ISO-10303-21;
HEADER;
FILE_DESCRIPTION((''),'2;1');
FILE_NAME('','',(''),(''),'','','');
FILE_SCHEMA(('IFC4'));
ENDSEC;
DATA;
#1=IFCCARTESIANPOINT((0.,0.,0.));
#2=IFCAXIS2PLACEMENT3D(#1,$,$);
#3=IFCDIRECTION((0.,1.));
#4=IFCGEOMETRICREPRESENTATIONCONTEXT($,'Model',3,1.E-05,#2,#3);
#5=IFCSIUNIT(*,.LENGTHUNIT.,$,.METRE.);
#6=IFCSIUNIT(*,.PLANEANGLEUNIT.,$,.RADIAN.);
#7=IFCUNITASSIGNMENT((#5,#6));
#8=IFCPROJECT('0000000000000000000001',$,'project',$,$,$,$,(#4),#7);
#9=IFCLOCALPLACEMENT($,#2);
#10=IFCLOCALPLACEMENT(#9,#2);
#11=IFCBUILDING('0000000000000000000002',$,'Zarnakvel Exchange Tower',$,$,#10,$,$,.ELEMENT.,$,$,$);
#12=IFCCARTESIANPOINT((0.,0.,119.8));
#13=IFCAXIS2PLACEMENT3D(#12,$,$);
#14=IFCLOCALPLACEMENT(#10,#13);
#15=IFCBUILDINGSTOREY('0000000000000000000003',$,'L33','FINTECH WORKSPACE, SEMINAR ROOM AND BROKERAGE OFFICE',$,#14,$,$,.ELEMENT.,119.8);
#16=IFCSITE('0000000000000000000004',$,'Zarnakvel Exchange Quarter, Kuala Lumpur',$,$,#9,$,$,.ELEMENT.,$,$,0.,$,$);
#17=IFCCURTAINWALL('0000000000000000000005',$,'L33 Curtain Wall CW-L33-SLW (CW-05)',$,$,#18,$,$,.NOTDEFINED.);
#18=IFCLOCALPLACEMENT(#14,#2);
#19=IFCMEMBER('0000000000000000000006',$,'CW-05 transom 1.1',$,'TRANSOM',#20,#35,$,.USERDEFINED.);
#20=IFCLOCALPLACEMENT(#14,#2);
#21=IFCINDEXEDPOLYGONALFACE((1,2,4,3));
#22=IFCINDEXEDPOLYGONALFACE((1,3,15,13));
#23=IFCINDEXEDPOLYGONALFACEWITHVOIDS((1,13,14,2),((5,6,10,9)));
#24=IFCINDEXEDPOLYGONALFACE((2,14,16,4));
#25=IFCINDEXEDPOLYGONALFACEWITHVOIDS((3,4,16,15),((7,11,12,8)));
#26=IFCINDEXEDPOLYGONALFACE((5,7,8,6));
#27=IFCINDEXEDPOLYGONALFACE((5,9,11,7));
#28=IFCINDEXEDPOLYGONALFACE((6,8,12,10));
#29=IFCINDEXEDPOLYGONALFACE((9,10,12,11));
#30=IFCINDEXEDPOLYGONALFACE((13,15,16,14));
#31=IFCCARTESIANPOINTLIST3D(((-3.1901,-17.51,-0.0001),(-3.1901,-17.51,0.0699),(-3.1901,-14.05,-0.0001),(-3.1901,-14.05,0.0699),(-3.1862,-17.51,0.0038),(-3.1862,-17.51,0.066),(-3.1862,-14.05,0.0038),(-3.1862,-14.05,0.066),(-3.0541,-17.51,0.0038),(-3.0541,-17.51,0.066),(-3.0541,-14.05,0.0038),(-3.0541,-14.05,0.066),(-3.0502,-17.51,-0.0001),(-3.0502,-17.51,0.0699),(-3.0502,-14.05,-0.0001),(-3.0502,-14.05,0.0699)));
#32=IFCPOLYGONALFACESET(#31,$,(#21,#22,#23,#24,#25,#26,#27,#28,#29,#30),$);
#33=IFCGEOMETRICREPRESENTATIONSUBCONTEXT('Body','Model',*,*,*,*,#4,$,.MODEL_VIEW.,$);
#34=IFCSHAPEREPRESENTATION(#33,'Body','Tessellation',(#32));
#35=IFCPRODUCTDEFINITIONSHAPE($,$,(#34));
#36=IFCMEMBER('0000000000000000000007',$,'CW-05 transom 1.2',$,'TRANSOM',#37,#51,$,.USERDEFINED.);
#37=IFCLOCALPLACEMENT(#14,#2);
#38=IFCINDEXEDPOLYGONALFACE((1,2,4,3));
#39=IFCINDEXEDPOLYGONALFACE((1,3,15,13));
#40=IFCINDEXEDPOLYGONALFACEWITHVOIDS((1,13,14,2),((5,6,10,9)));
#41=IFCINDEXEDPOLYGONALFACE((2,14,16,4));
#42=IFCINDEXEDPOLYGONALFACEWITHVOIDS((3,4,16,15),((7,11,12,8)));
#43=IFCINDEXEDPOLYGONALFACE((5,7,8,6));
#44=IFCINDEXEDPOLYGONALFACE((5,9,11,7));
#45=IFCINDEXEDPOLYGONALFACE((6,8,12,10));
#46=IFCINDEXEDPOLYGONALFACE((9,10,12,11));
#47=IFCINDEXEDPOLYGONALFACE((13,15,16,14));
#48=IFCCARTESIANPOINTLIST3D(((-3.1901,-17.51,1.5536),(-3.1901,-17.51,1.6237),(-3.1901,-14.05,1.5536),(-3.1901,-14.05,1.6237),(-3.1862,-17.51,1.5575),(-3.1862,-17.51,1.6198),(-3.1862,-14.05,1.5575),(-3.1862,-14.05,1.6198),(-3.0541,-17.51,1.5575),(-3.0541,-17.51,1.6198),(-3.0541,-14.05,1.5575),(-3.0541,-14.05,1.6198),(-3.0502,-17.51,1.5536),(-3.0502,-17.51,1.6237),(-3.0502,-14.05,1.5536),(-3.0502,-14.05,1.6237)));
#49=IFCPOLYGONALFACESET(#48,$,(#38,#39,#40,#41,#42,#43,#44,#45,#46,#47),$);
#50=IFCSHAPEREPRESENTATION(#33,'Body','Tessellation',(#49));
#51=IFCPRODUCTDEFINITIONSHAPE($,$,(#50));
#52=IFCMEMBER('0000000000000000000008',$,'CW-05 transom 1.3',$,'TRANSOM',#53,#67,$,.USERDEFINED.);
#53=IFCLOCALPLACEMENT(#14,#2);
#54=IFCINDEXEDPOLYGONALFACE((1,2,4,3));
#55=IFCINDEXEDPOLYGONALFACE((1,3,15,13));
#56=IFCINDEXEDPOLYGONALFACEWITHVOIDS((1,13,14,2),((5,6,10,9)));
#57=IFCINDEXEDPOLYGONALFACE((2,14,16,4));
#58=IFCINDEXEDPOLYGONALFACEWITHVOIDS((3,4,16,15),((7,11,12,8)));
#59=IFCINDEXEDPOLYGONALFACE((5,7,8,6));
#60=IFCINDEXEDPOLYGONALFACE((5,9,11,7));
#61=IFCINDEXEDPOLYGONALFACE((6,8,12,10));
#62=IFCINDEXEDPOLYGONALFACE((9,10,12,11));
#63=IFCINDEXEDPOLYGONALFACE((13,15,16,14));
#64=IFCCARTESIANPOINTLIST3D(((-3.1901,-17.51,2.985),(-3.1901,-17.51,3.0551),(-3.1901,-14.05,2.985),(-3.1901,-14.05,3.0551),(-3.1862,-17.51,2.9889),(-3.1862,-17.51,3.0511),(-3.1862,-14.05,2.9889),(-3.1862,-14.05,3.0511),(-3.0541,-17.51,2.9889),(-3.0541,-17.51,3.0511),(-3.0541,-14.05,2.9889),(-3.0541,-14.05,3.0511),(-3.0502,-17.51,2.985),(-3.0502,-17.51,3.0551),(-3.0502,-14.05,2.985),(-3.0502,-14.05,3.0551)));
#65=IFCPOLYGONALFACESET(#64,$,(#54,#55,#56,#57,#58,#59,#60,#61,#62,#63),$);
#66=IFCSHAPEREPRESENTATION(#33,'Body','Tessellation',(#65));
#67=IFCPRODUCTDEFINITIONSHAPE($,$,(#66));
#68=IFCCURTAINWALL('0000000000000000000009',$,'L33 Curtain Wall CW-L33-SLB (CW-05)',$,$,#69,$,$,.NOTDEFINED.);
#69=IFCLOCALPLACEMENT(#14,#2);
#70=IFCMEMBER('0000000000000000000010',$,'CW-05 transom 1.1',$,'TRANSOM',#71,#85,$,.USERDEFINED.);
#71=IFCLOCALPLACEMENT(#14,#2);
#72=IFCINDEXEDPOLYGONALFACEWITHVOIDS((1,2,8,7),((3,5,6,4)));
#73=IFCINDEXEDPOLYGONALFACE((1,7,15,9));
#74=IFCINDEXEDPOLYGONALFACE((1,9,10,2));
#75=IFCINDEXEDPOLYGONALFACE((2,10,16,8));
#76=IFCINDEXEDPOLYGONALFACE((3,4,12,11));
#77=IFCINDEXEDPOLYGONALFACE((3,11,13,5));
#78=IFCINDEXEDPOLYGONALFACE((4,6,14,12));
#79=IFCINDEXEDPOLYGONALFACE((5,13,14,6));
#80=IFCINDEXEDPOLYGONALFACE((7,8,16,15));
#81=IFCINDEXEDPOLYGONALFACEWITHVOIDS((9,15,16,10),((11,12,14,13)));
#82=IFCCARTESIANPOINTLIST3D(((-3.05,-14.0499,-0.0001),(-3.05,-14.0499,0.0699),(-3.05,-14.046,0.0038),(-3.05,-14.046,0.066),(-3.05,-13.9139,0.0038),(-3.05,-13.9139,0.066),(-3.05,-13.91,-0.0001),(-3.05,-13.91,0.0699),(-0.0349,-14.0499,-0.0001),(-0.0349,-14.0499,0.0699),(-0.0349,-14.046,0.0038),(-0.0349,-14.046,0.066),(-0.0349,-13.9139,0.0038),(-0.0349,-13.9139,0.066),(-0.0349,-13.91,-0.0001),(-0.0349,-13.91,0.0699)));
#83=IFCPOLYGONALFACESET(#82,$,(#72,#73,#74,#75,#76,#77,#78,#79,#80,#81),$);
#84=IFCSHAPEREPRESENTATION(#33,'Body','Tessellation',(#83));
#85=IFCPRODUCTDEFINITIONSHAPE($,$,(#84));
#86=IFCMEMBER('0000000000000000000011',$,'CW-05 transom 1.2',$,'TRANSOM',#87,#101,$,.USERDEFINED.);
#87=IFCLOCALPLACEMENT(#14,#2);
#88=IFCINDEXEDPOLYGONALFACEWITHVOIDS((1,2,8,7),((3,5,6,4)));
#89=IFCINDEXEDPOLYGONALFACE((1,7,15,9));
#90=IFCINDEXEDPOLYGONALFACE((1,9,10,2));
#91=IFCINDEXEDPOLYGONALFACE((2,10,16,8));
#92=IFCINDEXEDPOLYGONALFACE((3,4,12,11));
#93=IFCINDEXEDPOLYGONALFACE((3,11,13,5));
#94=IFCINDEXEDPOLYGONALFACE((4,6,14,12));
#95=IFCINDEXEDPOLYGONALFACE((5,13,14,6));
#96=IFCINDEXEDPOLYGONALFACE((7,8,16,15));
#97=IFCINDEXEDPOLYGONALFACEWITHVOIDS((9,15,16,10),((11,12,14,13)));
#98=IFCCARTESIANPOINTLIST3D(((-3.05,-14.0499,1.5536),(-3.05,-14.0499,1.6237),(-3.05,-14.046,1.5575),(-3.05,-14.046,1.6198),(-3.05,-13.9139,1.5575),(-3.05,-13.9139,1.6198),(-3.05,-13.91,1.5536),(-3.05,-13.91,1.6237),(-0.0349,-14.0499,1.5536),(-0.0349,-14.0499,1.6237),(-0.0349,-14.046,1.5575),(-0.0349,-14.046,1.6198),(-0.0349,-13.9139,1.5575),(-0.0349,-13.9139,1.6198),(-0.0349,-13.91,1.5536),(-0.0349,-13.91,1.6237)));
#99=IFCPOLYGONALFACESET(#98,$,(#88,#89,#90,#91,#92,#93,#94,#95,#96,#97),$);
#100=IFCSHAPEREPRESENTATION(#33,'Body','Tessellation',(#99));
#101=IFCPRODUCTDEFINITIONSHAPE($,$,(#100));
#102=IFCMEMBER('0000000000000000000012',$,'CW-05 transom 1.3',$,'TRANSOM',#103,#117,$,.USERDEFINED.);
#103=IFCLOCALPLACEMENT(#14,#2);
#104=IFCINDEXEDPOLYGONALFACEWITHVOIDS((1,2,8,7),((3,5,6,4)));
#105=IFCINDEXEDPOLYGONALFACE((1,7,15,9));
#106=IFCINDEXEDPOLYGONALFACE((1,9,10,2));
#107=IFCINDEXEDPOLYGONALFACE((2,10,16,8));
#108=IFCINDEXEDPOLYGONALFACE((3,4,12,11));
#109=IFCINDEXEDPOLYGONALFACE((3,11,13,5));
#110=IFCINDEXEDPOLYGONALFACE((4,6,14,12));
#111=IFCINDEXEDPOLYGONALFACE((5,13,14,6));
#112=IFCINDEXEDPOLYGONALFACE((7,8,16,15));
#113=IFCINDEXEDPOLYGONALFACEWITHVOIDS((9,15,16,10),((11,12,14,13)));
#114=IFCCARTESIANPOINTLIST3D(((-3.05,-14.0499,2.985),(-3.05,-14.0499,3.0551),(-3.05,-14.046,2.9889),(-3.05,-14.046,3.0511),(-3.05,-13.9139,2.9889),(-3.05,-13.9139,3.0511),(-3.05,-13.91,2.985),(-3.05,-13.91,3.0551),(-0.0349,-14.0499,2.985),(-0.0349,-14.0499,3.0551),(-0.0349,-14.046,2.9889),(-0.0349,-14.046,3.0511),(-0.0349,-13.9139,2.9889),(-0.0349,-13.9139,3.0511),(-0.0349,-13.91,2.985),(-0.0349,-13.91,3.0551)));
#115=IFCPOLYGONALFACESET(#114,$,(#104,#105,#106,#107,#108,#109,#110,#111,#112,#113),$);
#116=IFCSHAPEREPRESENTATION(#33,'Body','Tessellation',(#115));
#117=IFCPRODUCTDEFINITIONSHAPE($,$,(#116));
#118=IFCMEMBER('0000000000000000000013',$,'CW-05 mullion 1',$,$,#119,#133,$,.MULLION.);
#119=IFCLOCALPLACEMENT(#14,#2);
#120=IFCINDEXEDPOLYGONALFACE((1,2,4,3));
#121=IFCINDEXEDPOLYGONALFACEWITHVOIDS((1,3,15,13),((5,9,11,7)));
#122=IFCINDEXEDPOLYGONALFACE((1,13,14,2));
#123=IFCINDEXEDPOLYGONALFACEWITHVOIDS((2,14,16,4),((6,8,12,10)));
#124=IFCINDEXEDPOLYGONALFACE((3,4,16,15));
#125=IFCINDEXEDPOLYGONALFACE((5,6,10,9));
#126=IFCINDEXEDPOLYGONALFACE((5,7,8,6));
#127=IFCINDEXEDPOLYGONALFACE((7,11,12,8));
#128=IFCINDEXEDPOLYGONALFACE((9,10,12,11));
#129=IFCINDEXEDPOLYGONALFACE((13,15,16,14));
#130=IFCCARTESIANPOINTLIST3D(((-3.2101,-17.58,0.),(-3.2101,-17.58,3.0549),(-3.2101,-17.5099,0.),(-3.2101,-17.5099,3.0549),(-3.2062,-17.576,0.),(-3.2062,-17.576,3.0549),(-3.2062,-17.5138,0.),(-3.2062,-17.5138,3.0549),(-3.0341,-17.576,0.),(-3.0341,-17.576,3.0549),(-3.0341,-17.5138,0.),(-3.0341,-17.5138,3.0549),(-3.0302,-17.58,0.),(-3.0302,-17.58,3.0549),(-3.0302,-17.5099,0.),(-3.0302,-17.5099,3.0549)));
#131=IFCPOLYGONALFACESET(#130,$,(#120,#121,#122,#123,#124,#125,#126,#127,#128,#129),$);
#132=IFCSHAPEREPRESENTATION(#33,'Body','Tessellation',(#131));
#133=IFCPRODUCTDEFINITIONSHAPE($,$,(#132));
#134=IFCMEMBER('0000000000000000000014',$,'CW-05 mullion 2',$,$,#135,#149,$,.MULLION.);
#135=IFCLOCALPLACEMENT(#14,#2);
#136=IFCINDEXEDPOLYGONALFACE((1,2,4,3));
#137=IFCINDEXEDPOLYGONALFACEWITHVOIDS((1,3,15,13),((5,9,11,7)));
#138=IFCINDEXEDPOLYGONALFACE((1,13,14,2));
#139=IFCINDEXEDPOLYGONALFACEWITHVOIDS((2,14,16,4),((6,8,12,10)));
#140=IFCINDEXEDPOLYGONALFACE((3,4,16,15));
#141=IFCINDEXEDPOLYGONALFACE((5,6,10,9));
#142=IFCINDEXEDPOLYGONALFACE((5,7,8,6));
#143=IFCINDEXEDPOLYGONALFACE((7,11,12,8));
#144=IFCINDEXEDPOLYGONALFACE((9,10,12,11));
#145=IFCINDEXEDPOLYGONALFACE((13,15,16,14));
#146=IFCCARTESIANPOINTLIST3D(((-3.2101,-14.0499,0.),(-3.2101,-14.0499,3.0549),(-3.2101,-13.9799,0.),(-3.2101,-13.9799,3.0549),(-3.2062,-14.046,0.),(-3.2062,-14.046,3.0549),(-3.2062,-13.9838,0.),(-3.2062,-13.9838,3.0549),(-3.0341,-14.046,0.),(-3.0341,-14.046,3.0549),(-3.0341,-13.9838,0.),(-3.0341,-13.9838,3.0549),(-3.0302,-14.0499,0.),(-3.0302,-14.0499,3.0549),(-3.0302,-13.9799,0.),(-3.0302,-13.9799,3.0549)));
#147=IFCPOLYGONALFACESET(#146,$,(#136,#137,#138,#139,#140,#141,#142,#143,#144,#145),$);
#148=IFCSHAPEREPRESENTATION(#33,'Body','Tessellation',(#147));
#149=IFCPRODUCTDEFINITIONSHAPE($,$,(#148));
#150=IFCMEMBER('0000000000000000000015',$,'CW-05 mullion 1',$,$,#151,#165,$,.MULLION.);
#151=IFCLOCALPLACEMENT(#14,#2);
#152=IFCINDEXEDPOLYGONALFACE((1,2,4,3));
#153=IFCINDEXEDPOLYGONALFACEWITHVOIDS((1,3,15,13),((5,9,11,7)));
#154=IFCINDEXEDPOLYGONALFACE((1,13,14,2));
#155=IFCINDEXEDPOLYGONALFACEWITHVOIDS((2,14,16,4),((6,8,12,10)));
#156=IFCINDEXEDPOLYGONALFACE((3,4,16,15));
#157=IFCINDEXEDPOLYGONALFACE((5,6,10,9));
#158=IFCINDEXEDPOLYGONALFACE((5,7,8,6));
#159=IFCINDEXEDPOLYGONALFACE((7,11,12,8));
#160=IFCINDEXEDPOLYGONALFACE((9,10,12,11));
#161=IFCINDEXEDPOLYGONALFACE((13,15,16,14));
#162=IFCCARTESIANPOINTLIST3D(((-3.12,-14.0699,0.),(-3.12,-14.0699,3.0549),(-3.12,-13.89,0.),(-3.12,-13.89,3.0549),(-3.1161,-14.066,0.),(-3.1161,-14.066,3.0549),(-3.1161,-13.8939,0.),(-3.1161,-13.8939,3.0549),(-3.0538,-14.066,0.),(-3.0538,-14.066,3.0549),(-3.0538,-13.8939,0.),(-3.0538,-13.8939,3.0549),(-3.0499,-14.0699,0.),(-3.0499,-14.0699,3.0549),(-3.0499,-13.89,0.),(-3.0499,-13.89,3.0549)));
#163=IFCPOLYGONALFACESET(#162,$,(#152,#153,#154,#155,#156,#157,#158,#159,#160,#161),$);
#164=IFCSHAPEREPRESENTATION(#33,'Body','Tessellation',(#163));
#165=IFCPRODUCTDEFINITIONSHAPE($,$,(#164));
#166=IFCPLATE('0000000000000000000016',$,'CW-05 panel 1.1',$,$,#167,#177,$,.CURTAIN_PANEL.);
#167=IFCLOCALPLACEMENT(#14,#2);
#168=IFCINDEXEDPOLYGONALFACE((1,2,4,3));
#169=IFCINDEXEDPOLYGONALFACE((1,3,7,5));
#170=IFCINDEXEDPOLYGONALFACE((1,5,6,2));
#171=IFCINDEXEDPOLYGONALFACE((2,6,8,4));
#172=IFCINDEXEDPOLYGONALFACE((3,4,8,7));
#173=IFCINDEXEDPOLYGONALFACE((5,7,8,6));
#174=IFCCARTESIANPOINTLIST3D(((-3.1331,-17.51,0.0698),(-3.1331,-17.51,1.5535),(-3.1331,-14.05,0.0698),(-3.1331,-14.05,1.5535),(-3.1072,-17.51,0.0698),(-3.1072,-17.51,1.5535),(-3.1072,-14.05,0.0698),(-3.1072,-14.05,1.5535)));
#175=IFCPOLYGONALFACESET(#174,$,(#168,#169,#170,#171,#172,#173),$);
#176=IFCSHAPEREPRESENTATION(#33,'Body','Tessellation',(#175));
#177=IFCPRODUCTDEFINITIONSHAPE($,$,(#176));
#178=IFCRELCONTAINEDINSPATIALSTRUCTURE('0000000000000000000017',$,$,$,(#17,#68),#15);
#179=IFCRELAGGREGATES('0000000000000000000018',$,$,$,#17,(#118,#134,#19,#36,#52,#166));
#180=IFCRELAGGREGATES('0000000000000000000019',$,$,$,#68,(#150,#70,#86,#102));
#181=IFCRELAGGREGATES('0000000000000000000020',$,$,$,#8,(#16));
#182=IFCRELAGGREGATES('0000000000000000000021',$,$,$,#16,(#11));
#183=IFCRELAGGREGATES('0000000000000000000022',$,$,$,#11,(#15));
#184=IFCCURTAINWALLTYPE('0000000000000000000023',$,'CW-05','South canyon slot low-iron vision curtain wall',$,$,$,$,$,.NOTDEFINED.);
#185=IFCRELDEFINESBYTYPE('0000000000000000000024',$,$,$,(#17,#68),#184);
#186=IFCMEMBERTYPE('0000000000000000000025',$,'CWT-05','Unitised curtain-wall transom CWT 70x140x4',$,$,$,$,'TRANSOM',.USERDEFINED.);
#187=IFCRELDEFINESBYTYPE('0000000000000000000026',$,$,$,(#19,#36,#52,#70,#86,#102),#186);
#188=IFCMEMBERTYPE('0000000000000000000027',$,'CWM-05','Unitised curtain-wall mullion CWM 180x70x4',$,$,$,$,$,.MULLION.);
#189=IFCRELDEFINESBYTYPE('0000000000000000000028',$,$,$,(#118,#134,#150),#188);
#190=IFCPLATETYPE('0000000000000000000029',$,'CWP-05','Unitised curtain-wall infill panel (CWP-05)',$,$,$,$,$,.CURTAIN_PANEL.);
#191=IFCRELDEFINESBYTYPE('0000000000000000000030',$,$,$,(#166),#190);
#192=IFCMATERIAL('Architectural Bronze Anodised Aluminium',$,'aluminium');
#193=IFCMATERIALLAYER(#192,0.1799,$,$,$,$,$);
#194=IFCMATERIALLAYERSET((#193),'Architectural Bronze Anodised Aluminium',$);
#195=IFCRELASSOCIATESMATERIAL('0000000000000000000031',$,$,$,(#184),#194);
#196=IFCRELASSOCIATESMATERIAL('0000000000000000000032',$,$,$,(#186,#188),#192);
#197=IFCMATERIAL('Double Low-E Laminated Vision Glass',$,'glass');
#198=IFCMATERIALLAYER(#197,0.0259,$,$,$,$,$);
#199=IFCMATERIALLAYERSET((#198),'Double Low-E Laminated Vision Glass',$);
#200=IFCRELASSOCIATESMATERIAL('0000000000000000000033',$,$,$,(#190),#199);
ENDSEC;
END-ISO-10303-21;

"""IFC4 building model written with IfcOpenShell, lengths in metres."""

from ifc_helpers import new_model, si_unit, direction, frame, origin, origin_2d, place, context, subcontext, project, spatial, rectangle, hollow_rectangle, extrude, source, transform, mapped, material, layer, layer_set, material_profile, profile_set, type_object, element, aggregate, save


model = new_model("IFC4")

# Units and contexts
model_context = context("Model", 3, precision=1e-05, world=origin(), true_north=direction((0.0, 1.0)))
body_context = subcontext(model_context, "Body", "Model", "MODEL_VIEW")
ifc_project = project(units=[si_unit("LENGTHUNIT", "METRE"), si_unit("PLANEANGLEUNIT", "RADIAN")], contexts=[model_context])

# Site, building, storey
site_placement = place(None, origin())
site = spatial("IfcSite", under=ifc_project, at=site_placement, Name="Zarnakvel Exchange Quarter, Kuala Lumpur", CompositionType="ELEMENT", RefElevation=0.0)
building_placement = place(site_placement, origin())
building = spatial("IfcBuilding", under=site, at=building_placement, Name="Zarnakvel Exchange Tower", CompositionType="ELEMENT")
storey_placement = place(building_placement, frame((0.0, 0.0, 119.8)))
storey = spatial("IfcBuildingStorey", under=building, at=storey_placement, Name="L33", Description="FINTECH WORKSPACE, SEMINAR ROOM AND BROKERAGE OFFICE", CompositionType="ELEMENT", Elevation=119.8)

# Curtain walls, members
ifc_material_1 = material(Name="Architectural Bronze Anodised Aluminium", Category="aluminium")
ifc_layer_1 = layer(ifc_material_1, 0.1799)
ifc_layer_set_1 = layer_set([ifc_layer_1], Name="Architectural Bronze Anodised Aluminium")
curtain_wall_type = type_object("IfcCurtainWallType", Name="CW-05", Description="South canyon slot low-iron vision curtain wall", PredefinedType="NOTDEFINED", material=ifc_layer_set_1)
curtain_wall_1_placement = place(storey_placement, origin())
curtain_wall_1 = element("IfcCurtainWall", 1, at=curtain_wall_1_placement, inside=storey, type_object=curtain_wall_type, Name="L33 Curtain Wall CW-L33-SLW (CW-05)", PredefinedType="NOTDEFINED")
ifc_material_profile_1 = material_profile(ifc_material_1, hollow_rectangle(XDim=0.1399, YDim=0.0701, WallThickness=0.0039, at=origin_2d()))
ifc_profile_set_1 = profile_set([ifc_material_profile_1], Name="Architectural Bronze Anodised Aluminium")
member_type_1 = type_object("IfcMemberType", Name="CWT-05", Description="Unitised curtain-wall transom CWT 70x140x4", ElementType="TRANSOM", PredefinedType="USERDEFINED", material=ifc_profile_set_1)
shared_shape_1 = source(origin(), body_context, "Body", "SweptSolid", [
    extrude(hollow_rectangle(XDim=0.1399, YDim=0.0701, WallThickness=0.0039, at=origin_2d()), origin(), (0.0, 0.0, 1.0), 3.46),
])
member_1_placement = place(storey_placement, frame((-3.1201, -17.51, 0.0349), z_axis=(0.0, 1.0, 0.0), x_axis=(-1.0, 0.0, 0.0)))
member_1 = element("IfcMember", 2, at=member_1_placement, type_object=member_type_1, Name="CW-05 transom 1.1", ObjectType="TRANSOM", PredefinedType="USERDEFINED", context=body_context, shape_type="MappedRepresentation", body=[
    mapped(shared_shape_1, transform((0.0, 0.0, 0.0), x_axis=(1.0, 0.0, 0.0), y_axis=(0.0, 1.0, 0.0), z_axis=(0.0, 0.0, 1.0), scale=1.0)),
])
member_2_placement = place(storey_placement, frame((-3.1201, -17.51, 1.5886), z_axis=(0.0, 1.0, 0.0), x_axis=(-1.0, 0.0, 0.0)))
member_2 = element("IfcMember", 3, at=member_2_placement, type_object=member_type_1, Name="CW-05 transom 1.2", ObjectType="TRANSOM", PredefinedType="USERDEFINED", context=body_context, shape_type="MappedRepresentation", body=[
    mapped(shared_shape_1, transform((0.0, 0.0, 0.0), x_axis=(1.0, 0.0, 0.0), y_axis=(0.0, 1.0, 0.0), z_axis=(0.0, 0.0, 1.0), scale=1.0)),
])
member_3_placement = place(storey_placement, frame((-3.1201, -17.51, 3.02), z_axis=(0.0, 1.0, 0.0), x_axis=(-1.0, 0.0, 0.0)))
member_3 = element("IfcMember", 4, at=member_3_placement, type_object=member_type_1, Name="CW-05 transom 1.3", ObjectType="TRANSOM", PredefinedType="USERDEFINED", context=body_context, shape_type="MappedRepresentation", body=[
    mapped(shared_shape_1, transform((0.0, 0.0, 0.0), x_axis=(1.0, 0.0, 0.0), y_axis=(0.0, 1.0, 0.0), z_axis=(0.0, 0.0, 1.0), scale=1.0)),
])
curtain_wall_2_placement = place(storey_placement, origin())
curtain_wall_2 = element("IfcCurtainWall", 5, at=curtain_wall_2_placement, inside=storey, type_object=curtain_wall_type, Name="L33 Curtain Wall CW-L33-SLB (CW-05)", PredefinedType="NOTDEFINED")
shared_shape_2 = source(origin(), body_context, "Body", "SweptSolid", [
    extrude(hollow_rectangle(XDim=0.1399, YDim=0.0701, WallThickness=0.0039, at=origin_2d()), origin(), (0.0, 0.0, 1.0), 3.0151),
])
member_4_placement = place(storey_placement, frame((-3.05, -13.98, 0.0349), z_axis=(1.0, 0.0, 0.0), x_axis=(0.0, 1.0, 0.0)))
member_4 = element("IfcMember", 6, at=member_4_placement, type_object=member_type_1, Name="CW-05 transom 1.1", ObjectType="TRANSOM", PredefinedType="USERDEFINED", context=body_context, shape_type="MappedRepresentation", body=[
    mapped(shared_shape_2, transform((0.0, 0.0, 0.0), x_axis=(1.0, 0.0, 0.0), y_axis=(0.0, 1.0, 0.0), z_axis=(0.0, 0.0, 1.0), scale=1.0)),
])
member_5_placement = place(storey_placement, frame((-3.05, -13.98, 1.5886), z_axis=(1.0, 0.0, 0.0), x_axis=(0.0, 1.0, 0.0)))
member_5 = element("IfcMember", 7, at=member_5_placement, type_object=member_type_1, Name="CW-05 transom 1.2", ObjectType="TRANSOM", PredefinedType="USERDEFINED", context=body_context, shape_type="MappedRepresentation", body=[
    mapped(shared_shape_2, transform((0.0, 0.0, 0.0), x_axis=(1.0, 0.0, 0.0), y_axis=(0.0, 1.0, 0.0), z_axis=(0.0, 0.0, 1.0), scale=1.0)),
])
member_6_placement = place(storey_placement, frame((-3.05, -13.98, 3.02), z_axis=(1.0, 0.0, 0.0), x_axis=(0.0, 1.0, 0.0)))
member_6 = element("IfcMember", 8, at=member_6_placement, type_object=member_type_1, Name="CW-05 transom 1.3", ObjectType="TRANSOM", PredefinedType="USERDEFINED", context=body_context, shape_type="MappedRepresentation", body=[
    mapped(shared_shape_2, transform((0.0, 0.0, 0.0), x_axis=(1.0, 0.0, 0.0), y_axis=(0.0, 1.0, 0.0), z_axis=(0.0, 0.0, 1.0), scale=1.0)),
])

# Members
ifc_material_profile_2 = material_profile(ifc_material_1, hollow_rectangle(XDim=0.1799, YDim=0.0701, WallThickness=0.0039, at=origin_2d()))
ifc_profile_set_2 = profile_set([ifc_material_profile_2], Name="Architectural Bronze Anodised Aluminium")
member_type_2 = type_object("IfcMemberType", Name="CWM-05", Description="Unitised curtain-wall mullion CWM 180x70x4", PredefinedType="MULLION", material=ifc_profile_set_2)
shared_shape_3 = source(origin(), body_context, "Body", "SweptSolid", [
    extrude(hollow_rectangle(XDim=0.1799, YDim=0.0701, WallThickness=0.0039, at=origin_2d()), origin(), (0.0, 0.0, 1.0), 3.0549),
])
member_7_placement = place(storey_placement, frame((-3.1201, -17.5449, 0.0), z_axis=(0.0, 0.0, 1.0), x_axis=(-1.0, 0.0, 0.0)))
member_7 = element("IfcMember", 9, at=member_7_placement, type_object=member_type_2, Name="CW-05 mullion 1", PredefinedType="MULLION", context=body_context, shape_type="MappedRepresentation", body=[
    mapped(shared_shape_3, transform((0.0, 0.0, 0.0), x_axis=(1.0, 0.0, 0.0), y_axis=(0.0, 1.0, 0.0), z_axis=(0.0, 0.0, 1.0), scale=1.0)),
])
member_8_placement = place(storey_placement, frame((-3.1201, -14.0149, 0.0), z_axis=(0.0, 0.0, 1.0), x_axis=(-1.0, 0.0, 0.0)))
member_8 = element("IfcMember", 10, at=member_8_placement, type_object=member_type_2, Name="CW-05 mullion 2", PredefinedType="MULLION", context=body_context, shape_type="MappedRepresentation", body=[
    mapped(shared_shape_3, transform((0.0, 0.0, 0.0), x_axis=(1.0, 0.0, 0.0), y_axis=(0.0, 1.0, 0.0), z_axis=(0.0, 0.0, 1.0), scale=1.0)),
])
member_9_placement = place(storey_placement, frame((-3.085, -13.98, 0.0), z_axis=(0.0, 0.0, 1.0), x_axis=(0.0, 1.0, 0.0)))
member_9 = element("IfcMember", 11, at=member_9_placement, type_object=member_type_2, Name="CW-05 mullion 1", PredefinedType="MULLION", context=body_context, shape_type="MappedRepresentation", body=[
    mapped(shared_shape_3, transform((0.0, 0.0, 0.0), x_axis=(1.0, 0.0, 0.0), y_axis=(0.0, 1.0, 0.0), z_axis=(0.0, 0.0, 1.0), scale=1.0)),
])

# Plate
ifc_material_2 = material(Name="Double Low-E Laminated Vision Glass", Category="glass")
ifc_layer_2 = layer(ifc_material_2, 0.0259)
ifc_layer_set_2 = layer_set([ifc_layer_2], Name="Double Low-E Laminated Vision Glass")
plate_type = type_object("IfcPlateType", Name="CWP-05", Description="Unitised curtain-wall infill panel (CWP-05)", PredefinedType="CURTAIN_PANEL", material=ifc_layer_set_2)
shared_shape_4 = source(origin(), body_context, "Body", "SweptSolid", [
    extrude(rectangle(XDim=3.46, YDim=0.0259, at=origin_2d()), origin(), (0.0, 0.0, 1.0), 1.4836),
])
plate_1_placement = place(storey_placement, frame((-3.1201, -15.78, 0.0698), z_axis=(0.0, 0.0, 1.0), x_axis=(0.0, 1.0, 0.0)))
plate_1 = element("IfcPlate", 12, at=plate_1_placement, type_object=plate_type, Name="CW-05 panel 1.1", PredefinedType="CURTAIN_PANEL", context=body_context, shape_type="MappedRepresentation", body=[
    mapped(shared_shape_4, transform((0.0, 0.0, 0.0), x_axis=(1.0, 0.0, 0.0), y_axis=(0.0, 1.0, 0.0), z_axis=(0.0, 0.0, 1.0), scale=1.0)),
])
aggregate(curtain_wall_1, [member_7, member_8, member_1, member_2, member_3, plate_1])
aggregate(curtain_wall_2, [member_9, member_4, member_5, member_6])

save(model, "model.ifc")
